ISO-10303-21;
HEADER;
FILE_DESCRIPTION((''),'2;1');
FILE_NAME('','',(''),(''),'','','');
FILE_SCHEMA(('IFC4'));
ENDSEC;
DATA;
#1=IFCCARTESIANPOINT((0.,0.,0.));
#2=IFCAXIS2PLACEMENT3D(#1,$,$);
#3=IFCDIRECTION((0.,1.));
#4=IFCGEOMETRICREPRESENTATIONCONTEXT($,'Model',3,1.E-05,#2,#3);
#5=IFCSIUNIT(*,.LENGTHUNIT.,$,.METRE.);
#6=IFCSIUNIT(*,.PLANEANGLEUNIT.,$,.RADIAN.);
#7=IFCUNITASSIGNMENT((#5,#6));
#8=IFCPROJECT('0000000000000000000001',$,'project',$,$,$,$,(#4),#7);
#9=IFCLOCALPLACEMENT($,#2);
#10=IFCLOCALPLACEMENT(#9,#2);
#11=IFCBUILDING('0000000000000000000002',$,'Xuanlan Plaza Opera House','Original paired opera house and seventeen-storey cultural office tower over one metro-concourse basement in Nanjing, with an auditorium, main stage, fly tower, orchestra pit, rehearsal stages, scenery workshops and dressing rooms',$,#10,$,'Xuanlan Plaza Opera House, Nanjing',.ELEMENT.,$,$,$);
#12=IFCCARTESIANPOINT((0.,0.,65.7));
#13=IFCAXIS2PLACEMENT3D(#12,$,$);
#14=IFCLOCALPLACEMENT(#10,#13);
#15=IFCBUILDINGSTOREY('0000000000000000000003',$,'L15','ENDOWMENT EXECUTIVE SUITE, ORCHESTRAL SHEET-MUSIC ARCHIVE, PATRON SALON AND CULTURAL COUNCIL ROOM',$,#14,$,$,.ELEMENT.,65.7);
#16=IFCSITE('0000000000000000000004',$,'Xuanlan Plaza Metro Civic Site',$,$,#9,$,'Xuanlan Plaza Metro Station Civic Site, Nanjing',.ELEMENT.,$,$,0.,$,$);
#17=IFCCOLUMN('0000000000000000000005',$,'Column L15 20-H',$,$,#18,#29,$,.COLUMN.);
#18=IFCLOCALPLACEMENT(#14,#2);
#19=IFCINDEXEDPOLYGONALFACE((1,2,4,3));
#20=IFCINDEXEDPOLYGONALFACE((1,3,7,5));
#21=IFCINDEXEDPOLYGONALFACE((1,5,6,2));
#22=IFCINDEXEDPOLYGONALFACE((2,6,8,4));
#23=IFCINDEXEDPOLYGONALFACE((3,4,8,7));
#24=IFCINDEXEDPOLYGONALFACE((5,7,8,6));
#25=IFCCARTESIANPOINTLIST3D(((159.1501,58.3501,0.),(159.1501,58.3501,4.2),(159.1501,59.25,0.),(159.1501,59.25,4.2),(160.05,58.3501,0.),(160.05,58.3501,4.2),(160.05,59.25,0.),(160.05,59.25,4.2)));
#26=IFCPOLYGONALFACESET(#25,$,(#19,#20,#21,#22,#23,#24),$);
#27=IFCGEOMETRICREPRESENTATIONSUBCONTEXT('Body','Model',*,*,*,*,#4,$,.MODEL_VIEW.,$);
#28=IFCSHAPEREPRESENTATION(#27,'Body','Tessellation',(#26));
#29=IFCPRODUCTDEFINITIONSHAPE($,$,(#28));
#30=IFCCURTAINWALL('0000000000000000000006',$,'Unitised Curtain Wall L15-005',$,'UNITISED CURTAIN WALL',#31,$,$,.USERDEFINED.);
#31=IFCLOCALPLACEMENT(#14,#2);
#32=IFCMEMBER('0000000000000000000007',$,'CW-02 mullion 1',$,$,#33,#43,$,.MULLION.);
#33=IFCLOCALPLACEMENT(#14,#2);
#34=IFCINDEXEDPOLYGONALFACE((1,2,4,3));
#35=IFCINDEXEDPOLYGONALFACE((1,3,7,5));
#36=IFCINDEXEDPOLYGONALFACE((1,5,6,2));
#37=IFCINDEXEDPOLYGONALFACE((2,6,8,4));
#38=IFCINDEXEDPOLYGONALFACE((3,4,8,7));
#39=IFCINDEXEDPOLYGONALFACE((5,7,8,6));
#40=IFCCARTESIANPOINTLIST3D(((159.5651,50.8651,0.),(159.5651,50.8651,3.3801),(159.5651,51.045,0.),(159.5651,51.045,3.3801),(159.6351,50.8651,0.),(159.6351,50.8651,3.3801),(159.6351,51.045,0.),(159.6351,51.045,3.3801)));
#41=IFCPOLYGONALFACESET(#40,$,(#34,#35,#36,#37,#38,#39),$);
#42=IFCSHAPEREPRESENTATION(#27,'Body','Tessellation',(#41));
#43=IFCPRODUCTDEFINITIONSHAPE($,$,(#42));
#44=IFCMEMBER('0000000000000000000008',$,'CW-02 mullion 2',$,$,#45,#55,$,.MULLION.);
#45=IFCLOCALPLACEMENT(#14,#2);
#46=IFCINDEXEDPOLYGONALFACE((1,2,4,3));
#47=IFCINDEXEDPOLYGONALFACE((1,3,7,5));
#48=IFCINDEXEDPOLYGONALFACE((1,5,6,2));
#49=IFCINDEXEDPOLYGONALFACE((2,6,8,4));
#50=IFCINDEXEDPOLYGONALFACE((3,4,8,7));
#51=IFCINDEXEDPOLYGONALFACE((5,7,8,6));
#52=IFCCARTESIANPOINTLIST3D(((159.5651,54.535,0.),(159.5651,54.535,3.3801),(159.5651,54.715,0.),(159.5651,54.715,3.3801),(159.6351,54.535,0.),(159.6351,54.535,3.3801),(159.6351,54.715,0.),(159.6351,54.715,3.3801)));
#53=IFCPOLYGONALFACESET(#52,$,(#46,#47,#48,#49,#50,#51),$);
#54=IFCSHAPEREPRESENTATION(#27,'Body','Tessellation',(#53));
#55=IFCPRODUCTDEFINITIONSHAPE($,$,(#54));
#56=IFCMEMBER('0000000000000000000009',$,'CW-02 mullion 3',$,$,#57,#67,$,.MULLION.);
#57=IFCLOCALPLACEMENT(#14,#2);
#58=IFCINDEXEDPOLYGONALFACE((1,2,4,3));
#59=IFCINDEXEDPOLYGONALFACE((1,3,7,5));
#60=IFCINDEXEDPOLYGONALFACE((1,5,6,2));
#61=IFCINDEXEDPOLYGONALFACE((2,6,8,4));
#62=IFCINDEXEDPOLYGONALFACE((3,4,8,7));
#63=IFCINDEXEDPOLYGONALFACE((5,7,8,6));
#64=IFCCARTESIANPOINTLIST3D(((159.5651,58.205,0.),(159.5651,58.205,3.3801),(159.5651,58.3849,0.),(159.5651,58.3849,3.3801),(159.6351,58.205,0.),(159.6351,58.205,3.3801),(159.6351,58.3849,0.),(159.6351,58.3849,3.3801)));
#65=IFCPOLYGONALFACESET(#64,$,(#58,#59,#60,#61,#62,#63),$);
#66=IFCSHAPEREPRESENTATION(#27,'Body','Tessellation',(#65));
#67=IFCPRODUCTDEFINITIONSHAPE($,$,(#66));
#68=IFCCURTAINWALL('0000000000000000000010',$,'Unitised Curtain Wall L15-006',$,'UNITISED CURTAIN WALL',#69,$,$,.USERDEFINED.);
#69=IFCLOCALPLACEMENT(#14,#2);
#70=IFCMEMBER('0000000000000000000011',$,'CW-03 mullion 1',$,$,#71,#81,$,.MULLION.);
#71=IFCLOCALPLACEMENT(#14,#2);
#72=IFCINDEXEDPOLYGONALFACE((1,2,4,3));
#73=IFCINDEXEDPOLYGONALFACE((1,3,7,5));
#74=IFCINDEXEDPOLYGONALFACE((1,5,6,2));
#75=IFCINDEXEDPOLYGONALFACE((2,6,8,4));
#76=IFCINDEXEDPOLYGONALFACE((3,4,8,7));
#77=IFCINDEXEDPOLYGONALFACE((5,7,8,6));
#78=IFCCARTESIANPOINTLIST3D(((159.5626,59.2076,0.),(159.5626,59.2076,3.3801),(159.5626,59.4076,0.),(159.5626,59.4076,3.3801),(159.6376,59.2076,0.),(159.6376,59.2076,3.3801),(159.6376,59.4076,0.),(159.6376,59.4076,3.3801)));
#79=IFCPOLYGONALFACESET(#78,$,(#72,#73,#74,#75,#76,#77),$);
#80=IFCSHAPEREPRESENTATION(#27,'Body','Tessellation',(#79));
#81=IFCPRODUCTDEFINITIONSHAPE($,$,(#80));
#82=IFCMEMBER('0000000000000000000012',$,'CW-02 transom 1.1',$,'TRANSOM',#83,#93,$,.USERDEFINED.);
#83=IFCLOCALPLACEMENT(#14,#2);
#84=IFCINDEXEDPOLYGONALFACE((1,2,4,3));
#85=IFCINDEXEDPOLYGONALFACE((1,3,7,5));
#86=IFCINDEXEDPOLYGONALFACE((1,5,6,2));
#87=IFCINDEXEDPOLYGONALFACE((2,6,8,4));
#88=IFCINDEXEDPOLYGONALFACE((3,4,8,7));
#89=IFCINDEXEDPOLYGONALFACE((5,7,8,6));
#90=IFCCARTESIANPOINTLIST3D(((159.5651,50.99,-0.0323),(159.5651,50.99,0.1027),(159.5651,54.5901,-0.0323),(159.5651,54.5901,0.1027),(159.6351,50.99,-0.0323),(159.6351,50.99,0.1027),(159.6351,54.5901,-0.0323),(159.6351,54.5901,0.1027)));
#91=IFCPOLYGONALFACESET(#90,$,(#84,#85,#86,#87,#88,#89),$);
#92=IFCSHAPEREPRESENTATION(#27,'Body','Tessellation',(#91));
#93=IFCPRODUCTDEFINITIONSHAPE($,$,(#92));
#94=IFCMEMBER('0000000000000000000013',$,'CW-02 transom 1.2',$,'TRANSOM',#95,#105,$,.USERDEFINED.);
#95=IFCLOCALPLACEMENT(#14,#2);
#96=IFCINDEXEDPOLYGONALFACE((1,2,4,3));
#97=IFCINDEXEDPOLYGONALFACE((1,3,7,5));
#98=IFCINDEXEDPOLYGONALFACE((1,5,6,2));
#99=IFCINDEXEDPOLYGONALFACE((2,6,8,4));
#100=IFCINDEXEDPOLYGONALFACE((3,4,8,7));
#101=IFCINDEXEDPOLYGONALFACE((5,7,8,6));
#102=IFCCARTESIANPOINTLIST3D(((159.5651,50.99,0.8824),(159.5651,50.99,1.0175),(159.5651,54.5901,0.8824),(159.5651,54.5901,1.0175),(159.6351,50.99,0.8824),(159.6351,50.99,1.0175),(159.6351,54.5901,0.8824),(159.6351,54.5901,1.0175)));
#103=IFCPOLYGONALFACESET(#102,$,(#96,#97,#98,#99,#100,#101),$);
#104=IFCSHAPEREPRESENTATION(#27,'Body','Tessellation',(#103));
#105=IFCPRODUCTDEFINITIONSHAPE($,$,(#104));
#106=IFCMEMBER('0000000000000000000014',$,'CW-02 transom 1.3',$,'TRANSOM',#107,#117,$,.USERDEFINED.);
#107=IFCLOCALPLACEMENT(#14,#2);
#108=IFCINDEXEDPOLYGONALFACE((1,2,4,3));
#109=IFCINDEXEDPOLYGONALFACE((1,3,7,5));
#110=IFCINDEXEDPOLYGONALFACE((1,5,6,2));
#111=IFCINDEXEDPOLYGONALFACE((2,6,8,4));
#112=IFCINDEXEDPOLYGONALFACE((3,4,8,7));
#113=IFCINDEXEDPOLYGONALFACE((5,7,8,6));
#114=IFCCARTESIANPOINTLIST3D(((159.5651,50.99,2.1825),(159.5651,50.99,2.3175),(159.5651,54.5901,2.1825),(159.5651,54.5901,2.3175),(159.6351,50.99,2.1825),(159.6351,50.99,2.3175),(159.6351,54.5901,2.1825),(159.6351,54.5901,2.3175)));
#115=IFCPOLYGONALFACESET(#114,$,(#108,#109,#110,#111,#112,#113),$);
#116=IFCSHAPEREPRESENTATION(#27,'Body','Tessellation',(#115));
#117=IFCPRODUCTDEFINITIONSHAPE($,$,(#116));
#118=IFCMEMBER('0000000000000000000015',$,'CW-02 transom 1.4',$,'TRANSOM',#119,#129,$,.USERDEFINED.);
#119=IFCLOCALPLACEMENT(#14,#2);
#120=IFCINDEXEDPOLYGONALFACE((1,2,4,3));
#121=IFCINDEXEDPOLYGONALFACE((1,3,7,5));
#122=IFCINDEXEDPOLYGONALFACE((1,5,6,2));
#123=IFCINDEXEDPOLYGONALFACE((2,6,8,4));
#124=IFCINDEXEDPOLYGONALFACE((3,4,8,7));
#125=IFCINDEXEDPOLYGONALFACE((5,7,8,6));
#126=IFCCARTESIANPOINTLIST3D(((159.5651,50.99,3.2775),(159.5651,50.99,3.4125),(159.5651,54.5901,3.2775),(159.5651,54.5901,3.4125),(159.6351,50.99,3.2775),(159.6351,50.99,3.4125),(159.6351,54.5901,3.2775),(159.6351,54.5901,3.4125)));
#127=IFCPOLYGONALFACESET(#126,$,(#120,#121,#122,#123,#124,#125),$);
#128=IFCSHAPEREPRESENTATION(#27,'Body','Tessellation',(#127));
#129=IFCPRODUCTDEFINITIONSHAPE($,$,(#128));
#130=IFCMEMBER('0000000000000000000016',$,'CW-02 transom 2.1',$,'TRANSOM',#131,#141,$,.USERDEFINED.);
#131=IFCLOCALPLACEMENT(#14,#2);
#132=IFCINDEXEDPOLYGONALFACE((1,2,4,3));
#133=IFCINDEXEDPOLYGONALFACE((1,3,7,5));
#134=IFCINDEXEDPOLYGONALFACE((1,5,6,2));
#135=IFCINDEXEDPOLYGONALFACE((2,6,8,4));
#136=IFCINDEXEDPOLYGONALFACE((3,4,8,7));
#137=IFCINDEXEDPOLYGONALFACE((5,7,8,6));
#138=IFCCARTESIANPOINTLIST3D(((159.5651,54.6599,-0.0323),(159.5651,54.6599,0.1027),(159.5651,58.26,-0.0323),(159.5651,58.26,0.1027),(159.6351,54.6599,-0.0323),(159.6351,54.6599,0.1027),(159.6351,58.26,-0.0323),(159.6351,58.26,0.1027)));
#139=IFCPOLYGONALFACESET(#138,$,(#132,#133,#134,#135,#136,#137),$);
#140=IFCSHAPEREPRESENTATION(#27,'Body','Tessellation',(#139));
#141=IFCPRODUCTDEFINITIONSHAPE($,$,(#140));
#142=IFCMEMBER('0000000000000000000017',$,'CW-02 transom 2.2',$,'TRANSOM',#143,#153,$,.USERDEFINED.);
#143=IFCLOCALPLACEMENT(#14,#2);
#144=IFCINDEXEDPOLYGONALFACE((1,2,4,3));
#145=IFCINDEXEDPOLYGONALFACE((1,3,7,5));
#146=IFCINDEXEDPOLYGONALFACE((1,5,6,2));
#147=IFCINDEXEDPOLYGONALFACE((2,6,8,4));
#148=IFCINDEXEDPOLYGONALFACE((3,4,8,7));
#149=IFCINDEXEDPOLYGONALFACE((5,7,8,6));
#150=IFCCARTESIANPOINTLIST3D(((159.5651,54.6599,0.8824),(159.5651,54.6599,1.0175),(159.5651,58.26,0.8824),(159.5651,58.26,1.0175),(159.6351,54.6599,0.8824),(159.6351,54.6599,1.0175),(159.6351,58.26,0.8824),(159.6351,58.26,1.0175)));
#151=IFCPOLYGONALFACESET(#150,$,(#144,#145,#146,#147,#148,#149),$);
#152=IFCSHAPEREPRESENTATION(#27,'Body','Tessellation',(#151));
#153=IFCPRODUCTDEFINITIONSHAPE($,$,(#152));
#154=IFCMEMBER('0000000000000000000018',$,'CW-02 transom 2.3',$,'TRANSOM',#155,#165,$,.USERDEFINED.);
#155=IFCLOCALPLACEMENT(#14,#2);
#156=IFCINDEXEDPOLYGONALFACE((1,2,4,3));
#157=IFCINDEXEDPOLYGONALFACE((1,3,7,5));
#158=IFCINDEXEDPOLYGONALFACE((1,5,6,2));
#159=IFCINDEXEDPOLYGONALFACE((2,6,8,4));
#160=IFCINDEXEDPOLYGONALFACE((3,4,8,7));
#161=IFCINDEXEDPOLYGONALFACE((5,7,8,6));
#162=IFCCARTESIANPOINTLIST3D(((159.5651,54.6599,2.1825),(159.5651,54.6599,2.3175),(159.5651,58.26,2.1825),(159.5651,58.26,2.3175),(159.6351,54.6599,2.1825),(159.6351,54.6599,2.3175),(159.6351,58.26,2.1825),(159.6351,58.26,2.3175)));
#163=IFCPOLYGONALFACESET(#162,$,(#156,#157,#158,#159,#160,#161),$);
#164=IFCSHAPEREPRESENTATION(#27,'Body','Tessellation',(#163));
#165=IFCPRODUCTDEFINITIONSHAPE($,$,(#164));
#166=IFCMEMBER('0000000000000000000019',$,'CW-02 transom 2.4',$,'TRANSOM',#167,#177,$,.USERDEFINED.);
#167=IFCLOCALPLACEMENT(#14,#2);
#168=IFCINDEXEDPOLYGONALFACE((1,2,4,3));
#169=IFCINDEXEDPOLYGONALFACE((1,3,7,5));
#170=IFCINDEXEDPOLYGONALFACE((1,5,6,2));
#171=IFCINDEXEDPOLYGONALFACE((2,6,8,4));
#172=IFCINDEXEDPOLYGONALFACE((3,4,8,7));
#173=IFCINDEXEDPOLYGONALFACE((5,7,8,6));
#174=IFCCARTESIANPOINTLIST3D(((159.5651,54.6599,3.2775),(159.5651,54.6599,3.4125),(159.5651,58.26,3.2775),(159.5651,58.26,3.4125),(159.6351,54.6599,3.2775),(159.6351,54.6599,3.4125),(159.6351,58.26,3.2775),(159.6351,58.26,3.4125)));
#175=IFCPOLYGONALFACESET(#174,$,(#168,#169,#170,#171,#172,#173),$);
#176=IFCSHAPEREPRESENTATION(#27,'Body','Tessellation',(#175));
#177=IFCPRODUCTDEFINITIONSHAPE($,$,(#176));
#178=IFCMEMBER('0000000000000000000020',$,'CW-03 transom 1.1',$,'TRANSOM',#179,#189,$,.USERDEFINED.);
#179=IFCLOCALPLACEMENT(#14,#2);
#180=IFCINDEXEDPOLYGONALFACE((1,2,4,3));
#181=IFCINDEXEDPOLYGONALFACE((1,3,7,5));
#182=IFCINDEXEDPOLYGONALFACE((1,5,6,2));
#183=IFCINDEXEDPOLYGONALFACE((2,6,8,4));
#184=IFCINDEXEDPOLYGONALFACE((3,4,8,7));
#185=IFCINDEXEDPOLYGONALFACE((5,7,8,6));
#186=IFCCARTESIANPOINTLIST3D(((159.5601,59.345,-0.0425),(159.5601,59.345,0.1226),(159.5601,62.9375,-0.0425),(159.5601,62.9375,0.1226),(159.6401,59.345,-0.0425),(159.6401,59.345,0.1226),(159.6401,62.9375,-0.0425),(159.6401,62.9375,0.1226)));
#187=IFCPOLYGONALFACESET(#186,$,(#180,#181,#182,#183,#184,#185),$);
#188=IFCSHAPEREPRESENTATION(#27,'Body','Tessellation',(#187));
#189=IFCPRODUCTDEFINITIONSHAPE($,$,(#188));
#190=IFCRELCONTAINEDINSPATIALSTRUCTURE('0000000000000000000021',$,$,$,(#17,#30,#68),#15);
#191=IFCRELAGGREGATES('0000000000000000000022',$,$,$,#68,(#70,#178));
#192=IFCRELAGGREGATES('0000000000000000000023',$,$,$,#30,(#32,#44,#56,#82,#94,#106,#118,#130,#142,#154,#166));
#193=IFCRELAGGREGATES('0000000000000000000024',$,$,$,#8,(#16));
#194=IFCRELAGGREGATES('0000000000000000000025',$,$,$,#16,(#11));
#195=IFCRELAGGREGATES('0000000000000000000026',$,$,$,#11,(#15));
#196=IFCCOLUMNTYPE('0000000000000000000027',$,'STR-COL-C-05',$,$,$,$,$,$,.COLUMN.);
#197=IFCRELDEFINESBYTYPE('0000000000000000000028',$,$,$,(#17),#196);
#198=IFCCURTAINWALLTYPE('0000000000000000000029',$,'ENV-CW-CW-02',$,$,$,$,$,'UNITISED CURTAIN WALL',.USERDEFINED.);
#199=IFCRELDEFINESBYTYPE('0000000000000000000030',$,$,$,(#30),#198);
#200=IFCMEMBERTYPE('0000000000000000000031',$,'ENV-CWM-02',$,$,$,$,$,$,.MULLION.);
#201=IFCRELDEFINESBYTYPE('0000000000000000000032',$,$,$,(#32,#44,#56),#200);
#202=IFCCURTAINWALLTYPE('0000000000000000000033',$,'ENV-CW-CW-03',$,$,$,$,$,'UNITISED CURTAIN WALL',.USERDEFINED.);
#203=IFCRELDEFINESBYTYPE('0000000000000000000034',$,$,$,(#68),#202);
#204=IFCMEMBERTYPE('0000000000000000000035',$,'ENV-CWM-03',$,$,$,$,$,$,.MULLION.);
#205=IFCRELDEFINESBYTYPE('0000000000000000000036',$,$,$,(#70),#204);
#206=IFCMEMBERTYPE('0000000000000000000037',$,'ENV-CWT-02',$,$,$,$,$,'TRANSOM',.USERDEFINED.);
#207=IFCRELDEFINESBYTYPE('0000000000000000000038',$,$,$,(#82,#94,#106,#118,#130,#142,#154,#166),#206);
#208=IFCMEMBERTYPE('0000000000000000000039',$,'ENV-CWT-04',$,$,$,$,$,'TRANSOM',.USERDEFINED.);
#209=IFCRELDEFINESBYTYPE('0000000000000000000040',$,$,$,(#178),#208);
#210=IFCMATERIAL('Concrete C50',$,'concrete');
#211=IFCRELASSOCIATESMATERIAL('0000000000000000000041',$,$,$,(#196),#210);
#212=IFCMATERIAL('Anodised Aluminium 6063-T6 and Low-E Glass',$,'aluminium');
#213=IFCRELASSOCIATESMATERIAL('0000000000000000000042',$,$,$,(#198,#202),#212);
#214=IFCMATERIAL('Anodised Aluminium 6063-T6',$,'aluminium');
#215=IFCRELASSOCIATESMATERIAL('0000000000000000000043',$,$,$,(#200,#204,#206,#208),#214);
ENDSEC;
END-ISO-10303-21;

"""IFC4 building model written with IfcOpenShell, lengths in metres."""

from ifc_helpers import new_model, si_unit, direction, frame, origin, origin_2d, place, context, subcontext, project, spatial, rectangle, extrude, material, material_profile, profile_set, type_object, element, aggregate, save


model = new_model("IFC4")

# Units and contexts
model_context = context("Model", 3, precision=1e-05, world=origin(), true_north=direction((0.0, 1.0)))
body_context = subcontext(model_context, "Body", "Model", "MODEL_VIEW")
ifc_project = project(units=[si_unit("LENGTHUNIT", "METRE"), si_unit("PLANEANGLEUNIT", "RADIAN")], contexts=[model_context])

# Site, building, storey
site_placement = place(None, origin())
site = spatial("IfcSite", under=ifc_project, at=site_placement, Name="Xuanlan Plaza Metro Civic Site", LongName="Xuanlan Plaza Metro Station Civic Site, Nanjing", CompositionType="ELEMENT", RefElevation=0.0)
building_placement = place(site_placement, origin())
building = spatial("IfcBuilding", under=site, at=building_placement, Name="Xuanlan Plaza Opera House", Description="Original paired opera house and seventeen-storey cultural office tower over one metro-concourse basement in Nanjing, with an auditorium, main stage, fly tower, orchestra pit, rehearsal stages, scenery workshops and dressing rooms", LongName="Xuanlan Plaza Opera House, Nanjing", CompositionType="ELEMENT")
storey_placement = place(building_placement, frame((0.0, 0.0, 65.7)))
storey = spatial("IfcBuildingStorey", under=building, at=storey_placement, Name="L15", Description="ENDOWMENT EXECUTIVE SUITE, ORCHESTRAL SHEET-MUSIC ARCHIVE, PATRON SALON AND CULTURAL COUNCIL ROOM", CompositionType="ELEMENT", Elevation=65.7)

# Column
ifc_material_1 = material(Name="Concrete C50", Category="concrete")
ifc_material_profile_1 = material_profile(ifc_material_1, rectangle(XDim=0.8999, YDim=0.8999, at=origin_2d()), Name="RC-COL 900x900")
ifc_profile_set_1 = profile_set([ifc_material_profile_1], Name="Concrete C50")
column_type = type_object("IfcColumnType", Name="STR-COL-C-05", PredefinedType="COLUMN", material=ifc_profile_set_1)
column_placement = place(storey_placement, frame((159.6001, 58.8, 0.0), z_axis=(0.0, 0.0, 1.0), x_axis=(1.0, 0.0, 0.0)))
element("IfcColumn", 1, at=column_placement, inside=storey, type_object=column_type, Name="Column L15 20-H", PredefinedType="COLUMN", context=body_context, shape_type="SweptSolid", body=[
    extrude(rectangle(XDim=0.8999, YDim=0.8999, at=origin_2d()), origin(), (0.0, 0.0, 1.0), 4.2),
])

# Curtain wall, members
ifc_material_2 = material(Name="Anodised Aluminium 6063-T6 and Low-E Glass", Category="aluminium")
curtain_wall_type_1 = type_object("IfcCurtainWallType", Name="ENV-CW-CW-02", ElementType="UNITISED CURTAIN WALL", PredefinedType="USERDEFINED", material=ifc_material_2)
curtain_wall_1_placement = place(storey_placement, origin())
curtain_wall_1 = element("IfcCurtainWall", 2, at=curtain_wall_1_placement, inside=storey, type_object=curtain_wall_type_1, Name="Unitised Curtain Wall L15-005", ObjectType="UNITISED CURTAIN WALL", PredefinedType="USERDEFINED")
ifc_material_3 = material(Name="Anodised Aluminium 6063-T6", Category="aluminium")
ifc_material_profile_2 = material_profile(ifc_material_3, rectangle(XDim=0.0701, YDim=0.1799, at=origin_2d()), Name="ALU-M 70x180")
ifc_profile_set_2 = profile_set([ifc_material_profile_2], Name="Anodised Aluminium 6063-T6")
member_type_1 = type_object("IfcMemberType", Name="ENV-CWM-02", PredefinedType="MULLION", material=ifc_profile_set_2)
member_1_placement = place(storey_placement, frame((159.6001, 50.9551, 0.0), z_axis=(0.0, 0.0, 1.0), x_axis=(-1.0, 0.0, 0.0)))
member_1 = element("IfcMember", 3, at=member_1_placement, type_object=member_type_1, Name="CW-02 mullion 1", PredefinedType="MULLION", context=body_context, shape_type="SweptSolid", body=[
    extrude(rectangle(XDim=0.0701, YDim=0.1799, at=origin_2d()), origin(), (0.0, 0.0, 1.0), 3.3801),
])
member_2_placement = place(storey_placement, frame((159.6001, 54.625, 0.0), z_axis=(0.0, 0.0, 1.0), x_axis=(-1.0, 0.0, 0.0)))
member_2 = element("IfcMember", 4, at=member_2_placement, type_object=member_type_1, Name="CW-02 mullion 2", PredefinedType="MULLION", context=body_context, shape_type="SweptSolid", body=[
    extrude(rectangle(XDim=0.0701, YDim=0.1799, at=origin_2d()), origin(), (0.0, 0.0, 1.0), 3.3801),
])
member_3_placement = place(storey_placement, frame((159.6001, 58.2949, 0.0), z_axis=(0.0, 0.0, 1.0), x_axis=(-1.0, 0.0, 0.0)))
member_3 = element("IfcMember", 5, at=member_3_placement, type_object=member_type_1, Name="CW-02 mullion 3", PredefinedType="MULLION", context=body_context, shape_type="SweptSolid", body=[
    extrude(rectangle(XDim=0.0701, YDim=0.1799, at=origin_2d()), origin(), (0.0, 0.0, 1.0), 3.3801),
])

# Curtain wall, member
curtain_wall_type_2 = type_object("IfcCurtainWallType", Name="ENV-CW-CW-03", ElementType="UNITISED CURTAIN WALL", PredefinedType="USERDEFINED", material=ifc_material_2)
curtain_wall_2_placement = place(storey_placement, origin())
curtain_wall_2 = element("IfcCurtainWall", 6, at=curtain_wall_2_placement, inside=storey, type_object=curtain_wall_type_2, Name="Unitised Curtain Wall L15-006", ObjectType="UNITISED CURTAIN WALL", PredefinedType="USERDEFINED")
ifc_material_profile_3 = material_profile(ifc_material_3, rectangle(XDim=0.075, YDim=0.2, at=origin_2d()), Name="ALU-M 75x200")
ifc_profile_set_3 = profile_set([ifc_material_profile_3], Name="Anodised Aluminium 6063-T6")
member_type_2 = type_object("IfcMemberType", Name="ENV-CWM-03", PredefinedType="MULLION", material=ifc_profile_set_3)
member_4_placement = place(storey_placement, frame((159.6001, 59.3076, 0.0), z_axis=(0.0, 0.0, 1.0), x_axis=(-1.0, 0.0, 0.0)))
member_4 = element("IfcMember", 7, at=member_4_placement, type_object=member_type_2, Name="CW-03 mullion 1", PredefinedType="MULLION", context=body_context, shape_type="SweptSolid", body=[
    extrude(rectangle(XDim=0.075, YDim=0.2, at=origin_2d()), origin(), (0.0, 0.0, 1.0), 3.3801),
])

# Members
ifc_material_profile_4 = material_profile(ifc_material_3, rectangle(XDim=0.0701, YDim=0.135, at=origin_2d()), Name="ALU-T 70x135")
ifc_profile_set_4 = profile_set([ifc_material_profile_4], Name="Anodised Aluminium 6063-T6")
member_type_3 = type_object("IfcMemberType", Name="ENV-CWT-02", ElementType="TRANSOM", PredefinedType="USERDEFINED", material=ifc_profile_set_4)
member_5_placement = place(storey_placement, frame((159.6001, 50.99, 0.0352), z_axis=(0.0, 1.0, 0.0), x_axis=(-1.0, 0.0, 0.0)))
member_5 = element("IfcMember", 8, at=member_5_placement, type_object=member_type_3, Name="CW-02 transom 1.1", ObjectType="TRANSOM", PredefinedType="USERDEFINED", context=body_context, shape_type="SweptSolid", body=[
    extrude(rectangle(XDim=0.0701, YDim=0.135, at=origin_2d()), origin(), (0.0, 0.0, 1.0), 3.6001),
])
member_6_placement = place(storey_placement, frame((159.6001, 50.99, 0.95), z_axis=(0.0, 1.0, 0.0), x_axis=(-1.0, 0.0, 0.0)))
member_6 = element("IfcMember", 9, at=member_6_placement, type_object=member_type_3, Name="CW-02 transom 1.2", ObjectType="TRANSOM", PredefinedType="USERDEFINED", context=body_context, shape_type="SweptSolid", body=[
    extrude(rectangle(XDim=0.0701, YDim=0.135, at=origin_2d()), origin(), (0.0, 0.0, 1.0), 3.6001),
])
member_7_placement = place(storey_placement, frame((159.6001, 50.99, 2.25), z_axis=(0.0, 1.0, 0.0), x_axis=(-1.0, 0.0, 0.0)))
member_7 = element("IfcMember", 10, at=member_7_placement, type_object=member_type_3, Name="CW-02 transom 1.3", ObjectType="TRANSOM", PredefinedType="USERDEFINED", context=body_context, shape_type="SweptSolid", body=[
    extrude(rectangle(XDim=0.0701, YDim=0.135, at=origin_2d()), origin(), (0.0, 0.0, 1.0), 3.6001),
])
member_8_placement = place(storey_placement, frame((159.6001, 50.99, 3.345), z_axis=(0.0, 1.0, 0.0), x_axis=(-1.0, 0.0, 0.0)))
member_8 = element("IfcMember", 11, at=member_8_placement, type_object=member_type_3, Name="CW-02 transom 1.4", ObjectType="TRANSOM", PredefinedType="USERDEFINED", context=body_context, shape_type="SweptSolid", body=[
    extrude(rectangle(XDim=0.0701, YDim=0.135, at=origin_2d()), origin(), (0.0, 0.0, 1.0), 3.6001),
])
member_9_placement = place(storey_placement, frame((159.6001, 54.6599, 0.0352), z_axis=(0.0, 1.0, 0.0), x_axis=(-1.0, 0.0, 0.0)))
member_9 = element("IfcMember", 12, at=member_9_placement, type_object=member_type_3, Name="CW-02 transom 2.1", ObjectType="TRANSOM", PredefinedType="USERDEFINED", context=body_context, shape_type="SweptSolid", body=[
    extrude(rectangle(XDim=0.0701, YDim=0.135, at=origin_2d()), origin(), (0.0, 0.0, 1.0), 3.6001),
])
member_10_placement = place(storey_placement, frame((159.6001, 54.6599, 0.95), z_axis=(0.0, 1.0, 0.0), x_axis=(-1.0, 0.0, 0.0)))
member_10 = element("IfcMember", 13, at=member_10_placement, type_object=member_type_3, Name="CW-02 transom 2.2", ObjectType="TRANSOM", PredefinedType="USERDEFINED", context=body_context, shape_type="SweptSolid", body=[
    extrude(rectangle(XDim=0.0701, YDim=0.135, at=origin_2d()), origin(), (0.0, 0.0, 1.0), 3.6001),
])
member_11_placement = place(storey_placement, frame((159.6001, 54.6599, 2.25), z_axis=(0.0, 1.0, 0.0), x_axis=(-1.0, 0.0, 0.0)))
member_11 = element("IfcMember", 14, at=member_11_placement, type_object=member_type_3, Name="CW-02 transom 2.3", ObjectType="TRANSOM", PredefinedType="USERDEFINED", context=body_context, shape_type="SweptSolid", body=[
    extrude(rectangle(XDim=0.0701, YDim=0.135, at=origin_2d()), origin(), (0.0, 0.0, 1.0), 3.6001),
])
member_12_placement = place(storey_placement, frame((159.6001, 54.6599, 3.345), z_axis=(0.0, 1.0, 0.0), x_axis=(-1.0, 0.0, 0.0)))
member_12 = element("IfcMember", 15, at=member_12_placement, type_object=member_type_3, Name="CW-02 transom 2.4", ObjectType="TRANSOM", PredefinedType="USERDEFINED", context=body_context, shape_type="SweptSolid", body=[
    extrude(rectangle(XDim=0.0701, YDim=0.135, at=origin_2d()), origin(), (0.0, 0.0, 1.0), 3.6001),
])
ifc_material_profile_5 = material_profile(ifc_material_3, rectangle(XDim=0.0801, YDim=0.165, at=origin_2d()), Name="ALU-T 80x165")
ifc_profile_set_5 = profile_set([ifc_material_profile_5], Name="Anodised Aluminium 6063-T6")
member_type_4 = type_object("IfcMemberType", Name="ENV-CWT-04", ElementType="TRANSOM", PredefinedType="USERDEFINED", material=ifc_profile_set_5)
member_13_placement = place(storey_placement, frame((159.6001, 59.345, 0.04), z_axis=(0.0, 1.0, 0.0), x_axis=(-1.0, 0.0, 0.0)))
member_13 = element("IfcMember", 16, at=member_13_placement, type_object=member_type_4, Name="CW-03 transom 1.1", ObjectType="TRANSOM", PredefinedType="USERDEFINED", context=body_context, shape_type="SweptSolid", body=[
    extrude(rectangle(XDim=0.0801, YDim=0.165, at=origin_2d()), origin(), (0.0, 0.0, 1.0), 3.5925),
])
aggregate(curtain_wall_2, [member_4, member_13])

aggregate(curtain_wall_1, [member_1, member_2, member_3, member_5, member_6, member_7, member_8, member_9, member_10, member_11, member_12])

save(model, "model.ifc")
